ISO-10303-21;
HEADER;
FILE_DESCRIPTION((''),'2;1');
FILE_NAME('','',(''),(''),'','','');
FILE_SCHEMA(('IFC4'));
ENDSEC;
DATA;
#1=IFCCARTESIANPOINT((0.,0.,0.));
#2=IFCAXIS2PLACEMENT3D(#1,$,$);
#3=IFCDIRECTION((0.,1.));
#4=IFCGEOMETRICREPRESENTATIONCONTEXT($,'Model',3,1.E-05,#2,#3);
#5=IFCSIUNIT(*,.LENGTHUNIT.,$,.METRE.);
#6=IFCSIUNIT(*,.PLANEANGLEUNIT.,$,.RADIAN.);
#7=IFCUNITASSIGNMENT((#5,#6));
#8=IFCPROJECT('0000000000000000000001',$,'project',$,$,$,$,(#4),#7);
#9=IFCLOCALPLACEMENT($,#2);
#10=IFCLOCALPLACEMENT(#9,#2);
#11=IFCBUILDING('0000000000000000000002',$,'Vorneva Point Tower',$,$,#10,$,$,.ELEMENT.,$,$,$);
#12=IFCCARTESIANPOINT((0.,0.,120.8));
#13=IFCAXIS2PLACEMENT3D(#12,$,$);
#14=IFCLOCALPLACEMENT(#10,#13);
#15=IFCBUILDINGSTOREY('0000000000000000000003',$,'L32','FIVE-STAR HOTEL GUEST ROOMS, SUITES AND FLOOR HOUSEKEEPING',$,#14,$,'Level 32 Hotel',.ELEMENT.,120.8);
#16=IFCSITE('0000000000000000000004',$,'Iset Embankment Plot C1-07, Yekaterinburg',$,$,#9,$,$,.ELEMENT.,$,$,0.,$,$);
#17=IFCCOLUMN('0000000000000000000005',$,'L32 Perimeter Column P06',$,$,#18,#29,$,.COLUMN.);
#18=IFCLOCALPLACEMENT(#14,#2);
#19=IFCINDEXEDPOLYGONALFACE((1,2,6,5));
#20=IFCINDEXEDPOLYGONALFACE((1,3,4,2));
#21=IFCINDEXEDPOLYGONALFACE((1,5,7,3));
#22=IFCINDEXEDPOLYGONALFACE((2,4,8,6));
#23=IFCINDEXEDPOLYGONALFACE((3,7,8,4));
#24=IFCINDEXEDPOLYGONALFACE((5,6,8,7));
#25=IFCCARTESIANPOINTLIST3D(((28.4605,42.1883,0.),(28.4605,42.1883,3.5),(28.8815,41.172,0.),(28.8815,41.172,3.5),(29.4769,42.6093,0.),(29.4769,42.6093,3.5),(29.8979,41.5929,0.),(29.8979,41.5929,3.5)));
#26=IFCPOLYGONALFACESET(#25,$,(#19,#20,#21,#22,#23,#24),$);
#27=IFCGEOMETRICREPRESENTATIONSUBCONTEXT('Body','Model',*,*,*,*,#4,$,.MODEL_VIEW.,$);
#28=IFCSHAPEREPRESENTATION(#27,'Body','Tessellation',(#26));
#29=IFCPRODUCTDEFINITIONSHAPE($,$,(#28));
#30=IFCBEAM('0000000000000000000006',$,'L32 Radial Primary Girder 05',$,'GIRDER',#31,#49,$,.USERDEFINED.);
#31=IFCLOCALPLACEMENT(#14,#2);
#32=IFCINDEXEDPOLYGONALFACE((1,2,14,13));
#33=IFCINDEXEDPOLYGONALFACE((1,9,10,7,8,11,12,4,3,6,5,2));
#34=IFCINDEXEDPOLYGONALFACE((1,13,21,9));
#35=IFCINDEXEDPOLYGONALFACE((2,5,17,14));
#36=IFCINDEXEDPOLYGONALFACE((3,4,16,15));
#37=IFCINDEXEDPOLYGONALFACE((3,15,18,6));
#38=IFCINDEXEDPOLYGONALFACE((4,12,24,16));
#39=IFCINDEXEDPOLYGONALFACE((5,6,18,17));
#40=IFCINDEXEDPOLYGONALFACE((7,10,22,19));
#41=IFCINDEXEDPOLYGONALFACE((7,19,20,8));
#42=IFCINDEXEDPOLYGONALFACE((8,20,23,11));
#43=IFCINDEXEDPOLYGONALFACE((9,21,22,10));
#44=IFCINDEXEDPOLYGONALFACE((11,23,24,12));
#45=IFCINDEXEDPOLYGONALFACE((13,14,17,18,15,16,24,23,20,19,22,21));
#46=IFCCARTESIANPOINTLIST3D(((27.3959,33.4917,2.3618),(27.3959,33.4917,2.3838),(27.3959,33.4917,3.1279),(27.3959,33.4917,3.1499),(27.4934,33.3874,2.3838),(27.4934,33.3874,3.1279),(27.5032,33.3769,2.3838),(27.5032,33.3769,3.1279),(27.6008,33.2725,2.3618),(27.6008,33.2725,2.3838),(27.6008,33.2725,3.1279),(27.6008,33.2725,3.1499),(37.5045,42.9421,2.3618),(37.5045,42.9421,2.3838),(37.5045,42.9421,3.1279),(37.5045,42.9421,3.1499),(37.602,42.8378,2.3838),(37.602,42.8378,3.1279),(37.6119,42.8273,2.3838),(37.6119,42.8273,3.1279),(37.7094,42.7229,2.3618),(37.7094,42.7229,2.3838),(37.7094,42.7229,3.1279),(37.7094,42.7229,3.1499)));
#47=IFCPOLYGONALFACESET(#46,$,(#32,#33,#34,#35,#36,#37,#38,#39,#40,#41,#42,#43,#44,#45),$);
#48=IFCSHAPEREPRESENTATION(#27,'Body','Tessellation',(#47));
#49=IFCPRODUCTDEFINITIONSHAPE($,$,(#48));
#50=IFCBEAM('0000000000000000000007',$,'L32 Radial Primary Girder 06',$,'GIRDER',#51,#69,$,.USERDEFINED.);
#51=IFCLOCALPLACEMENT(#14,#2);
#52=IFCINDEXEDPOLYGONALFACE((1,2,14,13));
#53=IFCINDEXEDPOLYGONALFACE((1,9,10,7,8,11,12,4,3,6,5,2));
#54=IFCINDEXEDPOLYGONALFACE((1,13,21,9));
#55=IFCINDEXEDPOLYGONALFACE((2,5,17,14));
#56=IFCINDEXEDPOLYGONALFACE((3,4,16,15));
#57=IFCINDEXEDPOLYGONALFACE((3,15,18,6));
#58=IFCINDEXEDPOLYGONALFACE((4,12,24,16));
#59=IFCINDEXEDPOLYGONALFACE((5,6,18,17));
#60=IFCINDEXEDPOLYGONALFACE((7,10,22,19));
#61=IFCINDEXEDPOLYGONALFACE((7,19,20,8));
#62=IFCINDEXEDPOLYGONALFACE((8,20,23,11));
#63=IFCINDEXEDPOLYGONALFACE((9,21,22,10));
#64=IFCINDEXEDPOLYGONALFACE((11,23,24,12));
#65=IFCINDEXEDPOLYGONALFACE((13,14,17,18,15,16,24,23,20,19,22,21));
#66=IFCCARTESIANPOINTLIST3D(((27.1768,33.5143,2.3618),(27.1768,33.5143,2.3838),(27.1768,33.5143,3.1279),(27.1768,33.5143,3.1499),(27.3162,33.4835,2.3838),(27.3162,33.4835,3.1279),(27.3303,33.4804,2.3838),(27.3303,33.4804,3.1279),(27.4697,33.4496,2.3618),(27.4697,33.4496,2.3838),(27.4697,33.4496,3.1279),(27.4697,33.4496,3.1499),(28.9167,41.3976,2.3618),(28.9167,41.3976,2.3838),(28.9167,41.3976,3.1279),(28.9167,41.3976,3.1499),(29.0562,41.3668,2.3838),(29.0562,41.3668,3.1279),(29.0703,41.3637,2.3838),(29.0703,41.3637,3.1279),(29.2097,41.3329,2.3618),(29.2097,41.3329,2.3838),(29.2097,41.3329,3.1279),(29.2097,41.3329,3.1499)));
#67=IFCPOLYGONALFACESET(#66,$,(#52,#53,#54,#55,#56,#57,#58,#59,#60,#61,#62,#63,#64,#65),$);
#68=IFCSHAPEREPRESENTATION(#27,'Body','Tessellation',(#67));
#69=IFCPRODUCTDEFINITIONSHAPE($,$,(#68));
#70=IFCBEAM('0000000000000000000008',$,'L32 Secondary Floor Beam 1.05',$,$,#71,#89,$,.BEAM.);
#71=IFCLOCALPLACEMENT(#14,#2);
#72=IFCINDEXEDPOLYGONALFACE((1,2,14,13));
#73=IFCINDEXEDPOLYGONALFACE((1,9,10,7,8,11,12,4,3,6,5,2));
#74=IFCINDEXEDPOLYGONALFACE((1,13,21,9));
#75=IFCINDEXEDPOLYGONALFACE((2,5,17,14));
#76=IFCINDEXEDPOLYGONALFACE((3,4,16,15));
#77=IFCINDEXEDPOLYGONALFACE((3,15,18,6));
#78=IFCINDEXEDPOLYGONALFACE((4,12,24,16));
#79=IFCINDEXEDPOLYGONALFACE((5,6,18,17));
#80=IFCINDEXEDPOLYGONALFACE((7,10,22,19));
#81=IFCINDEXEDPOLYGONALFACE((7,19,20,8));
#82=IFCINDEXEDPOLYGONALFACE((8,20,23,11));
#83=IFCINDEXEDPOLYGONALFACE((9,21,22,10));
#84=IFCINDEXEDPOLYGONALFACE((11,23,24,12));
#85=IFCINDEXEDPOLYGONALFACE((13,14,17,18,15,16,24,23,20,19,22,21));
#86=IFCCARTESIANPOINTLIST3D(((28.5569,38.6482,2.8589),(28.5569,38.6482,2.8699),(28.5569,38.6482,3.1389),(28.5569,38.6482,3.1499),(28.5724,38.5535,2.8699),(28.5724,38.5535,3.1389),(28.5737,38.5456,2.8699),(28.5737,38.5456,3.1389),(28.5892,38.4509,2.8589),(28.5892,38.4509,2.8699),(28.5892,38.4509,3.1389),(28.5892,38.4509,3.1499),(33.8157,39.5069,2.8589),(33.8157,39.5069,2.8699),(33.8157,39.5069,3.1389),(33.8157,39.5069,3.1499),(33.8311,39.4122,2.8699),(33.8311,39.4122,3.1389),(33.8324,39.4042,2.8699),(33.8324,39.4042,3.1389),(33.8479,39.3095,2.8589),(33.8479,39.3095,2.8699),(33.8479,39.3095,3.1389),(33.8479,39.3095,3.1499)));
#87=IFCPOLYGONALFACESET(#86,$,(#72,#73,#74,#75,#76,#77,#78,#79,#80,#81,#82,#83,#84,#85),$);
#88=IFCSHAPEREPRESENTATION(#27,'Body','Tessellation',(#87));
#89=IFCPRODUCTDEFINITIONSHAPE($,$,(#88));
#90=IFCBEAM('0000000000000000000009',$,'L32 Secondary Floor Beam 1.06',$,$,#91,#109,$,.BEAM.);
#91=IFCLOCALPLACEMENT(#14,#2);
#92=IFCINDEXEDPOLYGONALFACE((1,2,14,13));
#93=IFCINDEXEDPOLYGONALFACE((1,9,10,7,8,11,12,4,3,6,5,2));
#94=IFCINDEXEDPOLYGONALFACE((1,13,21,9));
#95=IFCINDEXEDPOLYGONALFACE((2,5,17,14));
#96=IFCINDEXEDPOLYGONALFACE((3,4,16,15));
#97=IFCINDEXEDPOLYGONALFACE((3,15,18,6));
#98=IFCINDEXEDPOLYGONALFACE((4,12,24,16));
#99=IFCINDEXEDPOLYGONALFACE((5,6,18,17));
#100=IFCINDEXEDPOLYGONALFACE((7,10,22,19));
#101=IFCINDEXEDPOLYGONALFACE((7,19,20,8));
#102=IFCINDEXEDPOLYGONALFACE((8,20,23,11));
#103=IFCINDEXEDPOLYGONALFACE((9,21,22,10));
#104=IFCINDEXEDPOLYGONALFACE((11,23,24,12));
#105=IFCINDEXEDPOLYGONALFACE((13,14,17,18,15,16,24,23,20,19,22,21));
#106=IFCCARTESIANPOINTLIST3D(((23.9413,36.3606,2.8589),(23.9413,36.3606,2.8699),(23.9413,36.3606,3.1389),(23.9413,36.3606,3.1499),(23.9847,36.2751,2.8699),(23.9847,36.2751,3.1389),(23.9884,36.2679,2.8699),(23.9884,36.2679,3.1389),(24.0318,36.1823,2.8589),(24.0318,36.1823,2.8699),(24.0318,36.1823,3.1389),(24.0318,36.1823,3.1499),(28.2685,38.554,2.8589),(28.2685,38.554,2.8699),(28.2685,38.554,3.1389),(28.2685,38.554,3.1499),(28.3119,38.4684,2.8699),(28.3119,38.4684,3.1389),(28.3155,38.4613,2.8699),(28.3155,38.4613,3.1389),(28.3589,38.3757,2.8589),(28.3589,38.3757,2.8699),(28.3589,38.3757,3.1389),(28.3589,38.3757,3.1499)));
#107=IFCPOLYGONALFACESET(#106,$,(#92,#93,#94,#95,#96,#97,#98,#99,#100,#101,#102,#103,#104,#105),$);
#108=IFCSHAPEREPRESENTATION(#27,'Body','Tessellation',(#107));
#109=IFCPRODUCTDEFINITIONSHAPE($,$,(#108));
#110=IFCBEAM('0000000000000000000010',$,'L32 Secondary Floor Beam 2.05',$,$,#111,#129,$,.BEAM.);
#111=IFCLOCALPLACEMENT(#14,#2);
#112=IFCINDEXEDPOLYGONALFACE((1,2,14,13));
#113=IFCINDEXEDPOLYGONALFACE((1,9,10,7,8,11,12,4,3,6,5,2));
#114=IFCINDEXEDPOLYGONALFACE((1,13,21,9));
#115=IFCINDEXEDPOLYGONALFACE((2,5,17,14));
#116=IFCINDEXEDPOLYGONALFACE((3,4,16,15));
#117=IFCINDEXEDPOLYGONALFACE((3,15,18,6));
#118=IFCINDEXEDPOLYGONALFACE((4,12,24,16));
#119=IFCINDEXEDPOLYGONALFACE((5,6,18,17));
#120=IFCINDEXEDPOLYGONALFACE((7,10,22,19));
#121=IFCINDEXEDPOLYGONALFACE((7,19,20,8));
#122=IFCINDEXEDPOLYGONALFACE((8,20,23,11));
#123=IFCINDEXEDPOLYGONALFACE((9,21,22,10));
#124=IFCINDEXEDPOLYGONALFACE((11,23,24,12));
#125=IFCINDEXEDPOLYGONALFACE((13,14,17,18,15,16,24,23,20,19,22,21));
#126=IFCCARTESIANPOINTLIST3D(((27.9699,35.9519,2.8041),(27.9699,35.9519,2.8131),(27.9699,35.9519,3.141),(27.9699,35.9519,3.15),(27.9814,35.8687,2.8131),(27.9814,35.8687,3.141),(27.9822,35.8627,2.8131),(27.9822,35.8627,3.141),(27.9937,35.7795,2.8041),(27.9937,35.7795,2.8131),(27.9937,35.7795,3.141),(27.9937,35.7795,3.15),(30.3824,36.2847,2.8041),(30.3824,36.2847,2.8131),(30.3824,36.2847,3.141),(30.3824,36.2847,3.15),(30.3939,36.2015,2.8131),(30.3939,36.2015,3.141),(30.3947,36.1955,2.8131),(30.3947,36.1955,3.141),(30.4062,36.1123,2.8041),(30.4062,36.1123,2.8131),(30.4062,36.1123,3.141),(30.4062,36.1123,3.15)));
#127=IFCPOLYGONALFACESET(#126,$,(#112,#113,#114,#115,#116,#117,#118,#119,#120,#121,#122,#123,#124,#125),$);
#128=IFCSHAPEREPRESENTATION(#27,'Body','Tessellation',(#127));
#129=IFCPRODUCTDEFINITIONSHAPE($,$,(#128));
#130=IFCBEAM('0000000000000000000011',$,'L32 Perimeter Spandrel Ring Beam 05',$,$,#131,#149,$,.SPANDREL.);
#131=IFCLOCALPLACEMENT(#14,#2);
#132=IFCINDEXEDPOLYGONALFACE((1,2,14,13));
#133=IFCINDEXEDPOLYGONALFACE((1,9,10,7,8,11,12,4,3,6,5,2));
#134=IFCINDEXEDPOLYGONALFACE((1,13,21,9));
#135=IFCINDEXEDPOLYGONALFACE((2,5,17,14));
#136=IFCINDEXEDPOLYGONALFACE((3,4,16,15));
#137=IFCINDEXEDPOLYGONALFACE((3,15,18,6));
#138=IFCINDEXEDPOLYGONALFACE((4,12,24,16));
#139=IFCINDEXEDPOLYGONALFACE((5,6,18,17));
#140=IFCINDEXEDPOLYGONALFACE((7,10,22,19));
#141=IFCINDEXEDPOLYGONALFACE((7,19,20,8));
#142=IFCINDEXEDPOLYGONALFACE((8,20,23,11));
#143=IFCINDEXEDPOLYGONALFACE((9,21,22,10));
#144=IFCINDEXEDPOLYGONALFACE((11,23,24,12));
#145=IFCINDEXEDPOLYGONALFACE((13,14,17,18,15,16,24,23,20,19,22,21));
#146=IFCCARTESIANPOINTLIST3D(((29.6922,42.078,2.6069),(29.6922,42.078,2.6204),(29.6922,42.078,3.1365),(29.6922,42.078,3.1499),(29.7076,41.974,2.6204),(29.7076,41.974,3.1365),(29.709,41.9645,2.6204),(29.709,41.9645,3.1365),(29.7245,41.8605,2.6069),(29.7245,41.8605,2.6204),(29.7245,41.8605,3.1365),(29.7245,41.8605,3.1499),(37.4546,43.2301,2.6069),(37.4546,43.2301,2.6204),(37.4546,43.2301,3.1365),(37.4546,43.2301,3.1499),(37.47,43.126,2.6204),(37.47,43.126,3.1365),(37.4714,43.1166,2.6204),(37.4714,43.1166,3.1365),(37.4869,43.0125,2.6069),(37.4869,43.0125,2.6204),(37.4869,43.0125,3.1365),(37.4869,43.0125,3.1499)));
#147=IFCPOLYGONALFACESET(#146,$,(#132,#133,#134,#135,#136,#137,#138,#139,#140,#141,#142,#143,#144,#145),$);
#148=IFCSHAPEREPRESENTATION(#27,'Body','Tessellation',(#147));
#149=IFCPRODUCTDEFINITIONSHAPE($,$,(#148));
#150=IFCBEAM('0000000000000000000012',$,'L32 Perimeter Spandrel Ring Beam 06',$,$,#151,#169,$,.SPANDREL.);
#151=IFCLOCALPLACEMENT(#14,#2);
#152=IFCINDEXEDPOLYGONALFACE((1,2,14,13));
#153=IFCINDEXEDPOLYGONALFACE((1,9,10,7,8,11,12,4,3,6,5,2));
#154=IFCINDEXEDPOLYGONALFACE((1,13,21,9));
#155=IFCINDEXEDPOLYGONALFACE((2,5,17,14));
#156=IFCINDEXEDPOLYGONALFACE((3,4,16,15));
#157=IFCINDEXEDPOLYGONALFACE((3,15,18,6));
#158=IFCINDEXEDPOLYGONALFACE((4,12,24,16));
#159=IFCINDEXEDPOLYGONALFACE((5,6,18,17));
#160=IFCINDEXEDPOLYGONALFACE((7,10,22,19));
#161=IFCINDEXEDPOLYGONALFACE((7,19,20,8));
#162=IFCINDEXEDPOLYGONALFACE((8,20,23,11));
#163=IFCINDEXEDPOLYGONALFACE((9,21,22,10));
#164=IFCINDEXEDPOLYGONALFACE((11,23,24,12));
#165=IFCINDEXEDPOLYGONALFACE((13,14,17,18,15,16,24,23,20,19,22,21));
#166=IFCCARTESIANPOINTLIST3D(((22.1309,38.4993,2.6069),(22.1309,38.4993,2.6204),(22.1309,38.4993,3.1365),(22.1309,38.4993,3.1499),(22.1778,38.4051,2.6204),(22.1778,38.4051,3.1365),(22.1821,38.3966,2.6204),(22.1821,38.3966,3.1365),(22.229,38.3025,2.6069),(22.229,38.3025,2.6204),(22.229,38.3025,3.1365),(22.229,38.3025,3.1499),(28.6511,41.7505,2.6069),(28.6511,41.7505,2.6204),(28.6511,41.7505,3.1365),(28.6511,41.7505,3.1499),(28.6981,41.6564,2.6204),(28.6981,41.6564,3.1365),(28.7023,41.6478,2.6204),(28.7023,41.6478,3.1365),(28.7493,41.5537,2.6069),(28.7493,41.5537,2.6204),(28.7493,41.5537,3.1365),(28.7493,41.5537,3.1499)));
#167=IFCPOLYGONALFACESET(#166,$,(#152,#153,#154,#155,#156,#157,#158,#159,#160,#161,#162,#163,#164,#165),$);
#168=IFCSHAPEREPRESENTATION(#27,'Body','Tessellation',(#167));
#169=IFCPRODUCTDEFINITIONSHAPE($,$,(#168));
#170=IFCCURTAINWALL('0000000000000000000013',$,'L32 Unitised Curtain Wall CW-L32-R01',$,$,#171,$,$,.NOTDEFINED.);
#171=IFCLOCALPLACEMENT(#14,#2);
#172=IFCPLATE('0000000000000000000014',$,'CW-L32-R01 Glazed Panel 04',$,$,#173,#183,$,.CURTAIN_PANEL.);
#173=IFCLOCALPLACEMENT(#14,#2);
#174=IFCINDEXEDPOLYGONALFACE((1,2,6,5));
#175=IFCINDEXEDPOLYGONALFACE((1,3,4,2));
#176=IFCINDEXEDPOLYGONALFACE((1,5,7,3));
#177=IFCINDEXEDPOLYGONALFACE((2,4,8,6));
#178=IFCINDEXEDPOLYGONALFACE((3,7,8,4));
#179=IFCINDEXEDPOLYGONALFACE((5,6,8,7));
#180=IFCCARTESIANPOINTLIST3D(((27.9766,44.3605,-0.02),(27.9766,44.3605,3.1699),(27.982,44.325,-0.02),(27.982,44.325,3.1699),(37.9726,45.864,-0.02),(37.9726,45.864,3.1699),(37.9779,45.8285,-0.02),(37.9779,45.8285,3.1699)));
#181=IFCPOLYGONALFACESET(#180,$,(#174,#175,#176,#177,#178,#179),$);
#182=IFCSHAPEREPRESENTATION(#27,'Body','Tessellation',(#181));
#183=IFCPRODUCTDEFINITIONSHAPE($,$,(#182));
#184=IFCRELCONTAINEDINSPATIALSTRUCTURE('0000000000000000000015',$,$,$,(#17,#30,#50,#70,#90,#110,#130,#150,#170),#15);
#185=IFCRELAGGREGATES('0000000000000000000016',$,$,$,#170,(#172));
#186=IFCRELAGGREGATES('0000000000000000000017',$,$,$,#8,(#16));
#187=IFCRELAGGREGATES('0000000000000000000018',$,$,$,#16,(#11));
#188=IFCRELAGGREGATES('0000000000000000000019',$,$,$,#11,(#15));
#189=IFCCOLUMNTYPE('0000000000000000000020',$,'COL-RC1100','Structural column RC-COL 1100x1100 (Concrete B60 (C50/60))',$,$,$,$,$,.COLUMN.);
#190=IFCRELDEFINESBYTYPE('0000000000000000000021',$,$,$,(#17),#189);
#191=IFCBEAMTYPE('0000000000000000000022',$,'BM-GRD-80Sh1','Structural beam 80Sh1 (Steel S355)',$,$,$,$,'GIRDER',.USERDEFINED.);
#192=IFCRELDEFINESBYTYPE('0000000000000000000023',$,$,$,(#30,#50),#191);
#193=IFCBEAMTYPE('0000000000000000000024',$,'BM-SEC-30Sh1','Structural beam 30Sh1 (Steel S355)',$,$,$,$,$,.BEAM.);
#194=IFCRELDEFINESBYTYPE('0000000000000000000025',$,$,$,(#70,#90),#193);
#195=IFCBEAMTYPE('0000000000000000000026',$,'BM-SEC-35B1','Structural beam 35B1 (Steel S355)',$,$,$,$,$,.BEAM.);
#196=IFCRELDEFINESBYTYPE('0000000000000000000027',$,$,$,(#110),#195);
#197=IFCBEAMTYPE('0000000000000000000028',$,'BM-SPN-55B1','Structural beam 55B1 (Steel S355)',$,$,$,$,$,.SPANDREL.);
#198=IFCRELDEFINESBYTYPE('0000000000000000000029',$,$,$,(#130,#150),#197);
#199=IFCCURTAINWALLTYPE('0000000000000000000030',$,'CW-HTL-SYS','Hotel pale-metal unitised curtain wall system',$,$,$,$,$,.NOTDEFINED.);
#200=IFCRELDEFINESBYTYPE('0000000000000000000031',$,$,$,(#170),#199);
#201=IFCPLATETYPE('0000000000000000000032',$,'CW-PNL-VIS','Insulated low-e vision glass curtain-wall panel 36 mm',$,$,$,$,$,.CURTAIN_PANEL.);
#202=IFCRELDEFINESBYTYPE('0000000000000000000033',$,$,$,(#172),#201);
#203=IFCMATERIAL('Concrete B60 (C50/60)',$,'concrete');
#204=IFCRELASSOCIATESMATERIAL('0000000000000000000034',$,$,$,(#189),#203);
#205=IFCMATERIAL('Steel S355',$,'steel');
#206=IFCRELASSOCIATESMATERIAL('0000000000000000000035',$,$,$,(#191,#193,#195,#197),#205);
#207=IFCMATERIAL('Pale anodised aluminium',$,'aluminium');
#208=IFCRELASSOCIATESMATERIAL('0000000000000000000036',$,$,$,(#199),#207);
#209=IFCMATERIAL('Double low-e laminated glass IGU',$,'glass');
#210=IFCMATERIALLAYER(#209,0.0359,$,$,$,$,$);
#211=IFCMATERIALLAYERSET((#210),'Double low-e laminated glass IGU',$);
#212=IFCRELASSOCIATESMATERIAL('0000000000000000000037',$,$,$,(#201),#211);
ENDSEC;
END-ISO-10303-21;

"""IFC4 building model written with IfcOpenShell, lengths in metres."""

from ifc_helpers import new_model, si_unit, direction, frame, origin, origin_2d, place, context, subcontext, project, spatial, rectangle, i_section, extrude, material, layer, layer_set, material_profile, profile_set, type_object, element, aggregate, save


model = new_model("IFC4")

# Units and contexts
model_context = context("Model", 3, precision=1e-05, world=origin(), true_north=direction((0.0, 1.0)))
body_context = subcontext(model_context, "Body", "Model", "MODEL_VIEW")
ifc_project = project(units=[si_unit("LENGTHUNIT", "METRE"), si_unit("PLANEANGLEUNIT", "RADIAN")], contexts=[model_context])

# Site, building, storey
site_placement = place(None, origin())
site = spatial("IfcSite", under=ifc_project, at=site_placement, Name="Iset Embankment Plot C1-07, Yekaterinburg", CompositionType="ELEMENT", RefElevation=0.0)
building_placement = place(site_placement, origin())
building = spatial("IfcBuilding", under=site, at=building_placement, Name="Vorneva Point Tower", CompositionType="ELEMENT")
storey_placement = place(building_placement, frame((0.0, 0.0, 120.8)))
storey = spatial("IfcBuildingStorey", under=building, at=storey_placement, Name="L32", Description="FIVE-STAR HOTEL GUEST ROOMS, SUITES AND FLOOR HOUSEKEEPING", LongName="Level 32 Hotel", CompositionType="ELEMENT", Elevation=120.8)

# Column
ifc_material_1 = material(Name="Concrete B60 (C50/60)", Category="concrete")
ifc_material_profile_1 = material_profile(ifc_material_1, rectangle(XDim=1.1001, YDim=1.1001, at=origin_2d()), Name="RC-COL 1100x1100")
ifc_profile_set_1 = profile_set([ifc_material_profile_1], Name="Concrete B60 (C50/60)")
column_type = type_object("IfcColumnType", Name="COL-RC1100", Description="Structural column RC-COL 1100x1100 (Concrete B60 (C50/60))", PredefinedType="COLUMN", material=ifc_profile_set_1)
column_placement = place(storey_placement, frame((29.1792, 41.8906, 0.0), z_axis=(0.0, 0.0, 1.0), x_axis=(-0.382683, 0.92388, 0.0)))
element("IfcColumn", 1, at=column_placement, inside=storey, type_object=column_type, Name="L32 Perimeter Column P06", PredefinedType="COLUMN", context=body_context, shape_type="SweptSolid", body=[
    extrude(rectangle(XDim=1.1001, YDim=1.1001, at=origin_2d()), origin(), (0.0, 0.0, 1.0), 3.5),
])

# Beams
ifc_material_2 = material(Name="Steel S355", Category="steel")
ifc_material_profile_2 = material_profile(ifc_material_2, i_section(OverallWidth=0.3, OverallDepth=0.7881, WebThickness=0.0144, FlangeThickness=0.022, at=origin_2d()), Name="80Sh1")
ifc_profile_set_2 = profile_set([ifc_material_profile_2], Name="Steel S355")
beam_type_1 = type_object("IfcBeamType", Name="BM-GRD-80Sh1", Description="Structural beam 80Sh1 (Steel S355)", ElementType="GIRDER", PredefinedType="USERDEFINED", material=ifc_profile_set_2)
beam_1_placement = place(storey_placement, frame((37.6069, 42.8325, 2.7559), z_axis=(-0.730489, -0.682925, 0.0), x_axis=(0.682925, -0.730489, 0.0)))
element("IfcBeam", 2, at=beam_1_placement, inside=storey, type_object=beam_type_1, Name="L32 Radial Primary Girder 05", ObjectType="GIRDER", PredefinedType="USERDEFINED", context=body_context, shape_type="SweptSolid", body=[
    extrude(i_section(OverallWidth=0.3, OverallDepth=0.7881, WebThickness=0.0144, FlangeThickness=0.022, at=origin_2d()), origin(), (0.0, 0.0, 1.0), 13.8381),
])
beam_2_placement = place(storey_placement, frame((29.0632, 41.3652, 2.7559), z_axis=(-0.215531, -0.976497, 0.0), x_axis=(0.976497, -0.215531, 0.0)))
element("IfcBeam", 3, at=beam_2_placement, inside=storey, type_object=beam_type_1, Name="L32 Radial Primary Girder 06", ObjectType="GIRDER", PredefinedType="USERDEFINED", context=body_context, shape_type="SweptSolid", body=[
    extrude(i_section(OverallWidth=0.3, OverallDepth=0.7881, WebThickness=0.0144, FlangeThickness=0.022, at=origin_2d()), origin(), (0.0, 0.0, 1.0), 8.073),
])
ifc_material_profile_3 = material_profile(ifc_material_2, i_section(OverallWidth=0.2, OverallDepth=0.291, WebThickness=0.0081, FlangeThickness=0.011, at=origin_2d()), Name="30Sh1")
ifc_profile_set_3 = profile_set([ifc_material_profile_3], Name="Steel S355")
beam_type_2 = type_object("IfcBeamType", Name="BM-SEC-30Sh1", Description="Structural beam 30Sh1 (Steel S355)", PredefinedType="BEAM", material=ifc_profile_set_3)
beam_3_placement = place(storey_placement, frame((33.8318, 39.4082, 3.0044), z_axis=(-0.986931, -0.161144, 0.0), x_axis=(0.161144, -0.986931, 0.0)))
element("IfcBeam", 4, at=beam_3_placement, inside=storey, type_object=beam_type_2, Name="L32 Secondary Floor Beam 1.05", PredefinedType="BEAM", context=body_context, shape_type="SweptSolid", body=[
    extrude(i_section(OverallWidth=0.2, OverallDepth=0.291, WebThickness=0.0081, FlangeThickness=0.011, at=origin_2d()), origin(), (0.0, 0.0, 1.0), 5.3284),
])
beam_4_placement = place(storey_placement, frame((28.3137, 38.4648, 3.0044), z_axis=(-0.891958, -0.452119, 0.0), x_axis=(0.452119, -0.891958, 0.0)))
element("IfcBeam", 5, at=beam_4_placement, inside=storey, type_object=beam_type_2, Name="L32 Secondary Floor Beam 1.06", PredefinedType="BEAM", context=body_context, shape_type="SweptSolid", body=[
    extrude(i_section(OverallWidth=0.2, OverallDepth=0.291, WebThickness=0.0081, FlangeThickness=0.011, at=origin_2d()), origin(), (0.0, 0.0, 1.0), 4.8513),
])
ifc_material_profile_4 = material_profile(ifc_material_2, i_section(OverallWidth=0.1741, OverallDepth=0.3459, WebThickness=0.0061, FlangeThickness=0.009, at=origin_2d()), Name="35B1")
ifc_profile_set_4 = profile_set([ifc_material_profile_4], Name="Steel S355")
beam_type_3 = type_object("IfcBeamType", Name="BM-SEC-35B1", Description="Structural beam 35B1 (Steel S355)", PredefinedType="BEAM", material=ifc_profile_set_4)
beam_5_placement = place(storey_placement, frame((30.3943, 36.1985, 2.9771), z_axis=(-0.99062, -0.136648, 0.0), x_axis=(0.136648, -0.99062, 0.0)))
element("IfcBeam", 6, at=beam_5_placement, inside=storey, type_object=beam_type_3, Name="L32 Secondary Floor Beam 2.05", PredefinedType="BEAM", context=body_context, shape_type="SweptSolid", body=[
    extrude(i_section(OverallWidth=0.1741, OverallDepth=0.3459, WebThickness=0.0061, FlangeThickness=0.009, at=origin_2d()), origin(), (0.0, 0.0, 1.0), 2.4353),
])
ifc_material_profile_5 = material_profile(ifc_material_2, i_section(OverallWidth=0.22, OverallDepth=0.543, WebThickness=0.0095, FlangeThickness=0.0134, at=origin_2d()), Name="55B1")
ifc_profile_set_5 = profile_set([ifc_material_profile_5], Name="Steel S355")
beam_type_4 = type_object("IfcBeamType", Name="BM-SPN-55B1", Description="Structural beam 55B1 (Steel S355)", PredefinedType="SPANDREL", material=ifc_profile_set_5)
beam_6_placement = place(storey_placement, frame((37.4707, 43.1213, 2.8784), z_axis=(-0.989165, -0.146811, 0.0), x_axis=(0.146811, -0.989165, 0.0)))
element("IfcBeam", 7, at=beam_6_placement, inside=storey, type_object=beam_type_4, Name="L32 Perimeter Spandrel Ring Beam 05", PredefinedType="SPANDREL", context=body_context, shape_type="SweptSolid", body=[
    extrude(i_section(OverallWidth=0.22, OverallDepth=0.543, WebThickness=0.0095, FlangeThickness=0.0134, at=origin_2d()), origin(), (0.0, 0.0, 1.0), 7.8474),
])
beam_7_placement = place(storey_placement, frame((28.7002, 41.6521, 2.8784), z_axis=(-0.894916, -0.446235, 0.0), x_axis=(0.446235, -0.894916, 0.0)))
element("IfcBeam", 8, at=beam_7_placement, inside=storey, type_object=beam_type_4, Name="L32 Perimeter Spandrel Ring Beam 06", PredefinedType="SPANDREL", context=body_context, shape_type="SweptSolid", body=[
    extrude(i_section(OverallWidth=0.22, OverallDepth=0.543, WebThickness=0.0095, FlangeThickness=0.0134, at=origin_2d()), origin(), (0.0, 0.0, 1.0), 7.2859),
])

# Curtain wall, plate
ifc_material_3 = material(Name="Pale anodised aluminium", Category="aluminium")
curtain_wall_type = type_object("IfcCurtainWallType", Name="CW-HTL-SYS", Description="Hotel pale-metal unitised curtain wall system", PredefinedType="NOTDEFINED", material=ifc_material_3)
curtain_wall_placement = place(storey_placement, origin())
curtain_wall = element("IfcCurtainWall", 9, at=curtain_wall_placement, inside=storey, type_object=curtain_wall_type, Name="L32 Unitised Curtain Wall CW-L32-R01", PredefinedType="NOTDEFINED")
ifc_material_4 = material(Name="Double low-e laminated glass IGU", Category="glass")
ifc_layer_1 = layer(ifc_material_4, 0.0359)
ifc_layer_set_1 = layer_set([ifc_layer_1], Name="Double low-e laminated glass IGU")
plate_type = type_object("IfcPlateType", Name="CW-PNL-VIS", Description="Insulated low-e vision glass curtain-wall panel 36 mm", PredefinedType="CURTAIN_PANEL", material=ifc_layer_set_1)
plate_placement = place(storey_placement, frame((32.9773, 45.0945, -0.02), z_axis=(0.0, 0.0, 1.0), x_axis=(-0.988876, -0.148741, 0.0)))
plate = element("IfcPlate", 10, at=plate_placement, type_object=plate_type, Name="CW-L32-R01 Glazed Panel 04", PredefinedType="CURTAIN_PANEL", context=body_context, shape_type="SweptSolid", body=[
    extrude(rectangle(XDim=10.1084, YDim=0.0359, at=origin_2d()), origin(), (0.0, 0.0, 1.0), 3.1899),
])
aggregate(curtain_wall, [plate])

save(model, "model.ifc")
